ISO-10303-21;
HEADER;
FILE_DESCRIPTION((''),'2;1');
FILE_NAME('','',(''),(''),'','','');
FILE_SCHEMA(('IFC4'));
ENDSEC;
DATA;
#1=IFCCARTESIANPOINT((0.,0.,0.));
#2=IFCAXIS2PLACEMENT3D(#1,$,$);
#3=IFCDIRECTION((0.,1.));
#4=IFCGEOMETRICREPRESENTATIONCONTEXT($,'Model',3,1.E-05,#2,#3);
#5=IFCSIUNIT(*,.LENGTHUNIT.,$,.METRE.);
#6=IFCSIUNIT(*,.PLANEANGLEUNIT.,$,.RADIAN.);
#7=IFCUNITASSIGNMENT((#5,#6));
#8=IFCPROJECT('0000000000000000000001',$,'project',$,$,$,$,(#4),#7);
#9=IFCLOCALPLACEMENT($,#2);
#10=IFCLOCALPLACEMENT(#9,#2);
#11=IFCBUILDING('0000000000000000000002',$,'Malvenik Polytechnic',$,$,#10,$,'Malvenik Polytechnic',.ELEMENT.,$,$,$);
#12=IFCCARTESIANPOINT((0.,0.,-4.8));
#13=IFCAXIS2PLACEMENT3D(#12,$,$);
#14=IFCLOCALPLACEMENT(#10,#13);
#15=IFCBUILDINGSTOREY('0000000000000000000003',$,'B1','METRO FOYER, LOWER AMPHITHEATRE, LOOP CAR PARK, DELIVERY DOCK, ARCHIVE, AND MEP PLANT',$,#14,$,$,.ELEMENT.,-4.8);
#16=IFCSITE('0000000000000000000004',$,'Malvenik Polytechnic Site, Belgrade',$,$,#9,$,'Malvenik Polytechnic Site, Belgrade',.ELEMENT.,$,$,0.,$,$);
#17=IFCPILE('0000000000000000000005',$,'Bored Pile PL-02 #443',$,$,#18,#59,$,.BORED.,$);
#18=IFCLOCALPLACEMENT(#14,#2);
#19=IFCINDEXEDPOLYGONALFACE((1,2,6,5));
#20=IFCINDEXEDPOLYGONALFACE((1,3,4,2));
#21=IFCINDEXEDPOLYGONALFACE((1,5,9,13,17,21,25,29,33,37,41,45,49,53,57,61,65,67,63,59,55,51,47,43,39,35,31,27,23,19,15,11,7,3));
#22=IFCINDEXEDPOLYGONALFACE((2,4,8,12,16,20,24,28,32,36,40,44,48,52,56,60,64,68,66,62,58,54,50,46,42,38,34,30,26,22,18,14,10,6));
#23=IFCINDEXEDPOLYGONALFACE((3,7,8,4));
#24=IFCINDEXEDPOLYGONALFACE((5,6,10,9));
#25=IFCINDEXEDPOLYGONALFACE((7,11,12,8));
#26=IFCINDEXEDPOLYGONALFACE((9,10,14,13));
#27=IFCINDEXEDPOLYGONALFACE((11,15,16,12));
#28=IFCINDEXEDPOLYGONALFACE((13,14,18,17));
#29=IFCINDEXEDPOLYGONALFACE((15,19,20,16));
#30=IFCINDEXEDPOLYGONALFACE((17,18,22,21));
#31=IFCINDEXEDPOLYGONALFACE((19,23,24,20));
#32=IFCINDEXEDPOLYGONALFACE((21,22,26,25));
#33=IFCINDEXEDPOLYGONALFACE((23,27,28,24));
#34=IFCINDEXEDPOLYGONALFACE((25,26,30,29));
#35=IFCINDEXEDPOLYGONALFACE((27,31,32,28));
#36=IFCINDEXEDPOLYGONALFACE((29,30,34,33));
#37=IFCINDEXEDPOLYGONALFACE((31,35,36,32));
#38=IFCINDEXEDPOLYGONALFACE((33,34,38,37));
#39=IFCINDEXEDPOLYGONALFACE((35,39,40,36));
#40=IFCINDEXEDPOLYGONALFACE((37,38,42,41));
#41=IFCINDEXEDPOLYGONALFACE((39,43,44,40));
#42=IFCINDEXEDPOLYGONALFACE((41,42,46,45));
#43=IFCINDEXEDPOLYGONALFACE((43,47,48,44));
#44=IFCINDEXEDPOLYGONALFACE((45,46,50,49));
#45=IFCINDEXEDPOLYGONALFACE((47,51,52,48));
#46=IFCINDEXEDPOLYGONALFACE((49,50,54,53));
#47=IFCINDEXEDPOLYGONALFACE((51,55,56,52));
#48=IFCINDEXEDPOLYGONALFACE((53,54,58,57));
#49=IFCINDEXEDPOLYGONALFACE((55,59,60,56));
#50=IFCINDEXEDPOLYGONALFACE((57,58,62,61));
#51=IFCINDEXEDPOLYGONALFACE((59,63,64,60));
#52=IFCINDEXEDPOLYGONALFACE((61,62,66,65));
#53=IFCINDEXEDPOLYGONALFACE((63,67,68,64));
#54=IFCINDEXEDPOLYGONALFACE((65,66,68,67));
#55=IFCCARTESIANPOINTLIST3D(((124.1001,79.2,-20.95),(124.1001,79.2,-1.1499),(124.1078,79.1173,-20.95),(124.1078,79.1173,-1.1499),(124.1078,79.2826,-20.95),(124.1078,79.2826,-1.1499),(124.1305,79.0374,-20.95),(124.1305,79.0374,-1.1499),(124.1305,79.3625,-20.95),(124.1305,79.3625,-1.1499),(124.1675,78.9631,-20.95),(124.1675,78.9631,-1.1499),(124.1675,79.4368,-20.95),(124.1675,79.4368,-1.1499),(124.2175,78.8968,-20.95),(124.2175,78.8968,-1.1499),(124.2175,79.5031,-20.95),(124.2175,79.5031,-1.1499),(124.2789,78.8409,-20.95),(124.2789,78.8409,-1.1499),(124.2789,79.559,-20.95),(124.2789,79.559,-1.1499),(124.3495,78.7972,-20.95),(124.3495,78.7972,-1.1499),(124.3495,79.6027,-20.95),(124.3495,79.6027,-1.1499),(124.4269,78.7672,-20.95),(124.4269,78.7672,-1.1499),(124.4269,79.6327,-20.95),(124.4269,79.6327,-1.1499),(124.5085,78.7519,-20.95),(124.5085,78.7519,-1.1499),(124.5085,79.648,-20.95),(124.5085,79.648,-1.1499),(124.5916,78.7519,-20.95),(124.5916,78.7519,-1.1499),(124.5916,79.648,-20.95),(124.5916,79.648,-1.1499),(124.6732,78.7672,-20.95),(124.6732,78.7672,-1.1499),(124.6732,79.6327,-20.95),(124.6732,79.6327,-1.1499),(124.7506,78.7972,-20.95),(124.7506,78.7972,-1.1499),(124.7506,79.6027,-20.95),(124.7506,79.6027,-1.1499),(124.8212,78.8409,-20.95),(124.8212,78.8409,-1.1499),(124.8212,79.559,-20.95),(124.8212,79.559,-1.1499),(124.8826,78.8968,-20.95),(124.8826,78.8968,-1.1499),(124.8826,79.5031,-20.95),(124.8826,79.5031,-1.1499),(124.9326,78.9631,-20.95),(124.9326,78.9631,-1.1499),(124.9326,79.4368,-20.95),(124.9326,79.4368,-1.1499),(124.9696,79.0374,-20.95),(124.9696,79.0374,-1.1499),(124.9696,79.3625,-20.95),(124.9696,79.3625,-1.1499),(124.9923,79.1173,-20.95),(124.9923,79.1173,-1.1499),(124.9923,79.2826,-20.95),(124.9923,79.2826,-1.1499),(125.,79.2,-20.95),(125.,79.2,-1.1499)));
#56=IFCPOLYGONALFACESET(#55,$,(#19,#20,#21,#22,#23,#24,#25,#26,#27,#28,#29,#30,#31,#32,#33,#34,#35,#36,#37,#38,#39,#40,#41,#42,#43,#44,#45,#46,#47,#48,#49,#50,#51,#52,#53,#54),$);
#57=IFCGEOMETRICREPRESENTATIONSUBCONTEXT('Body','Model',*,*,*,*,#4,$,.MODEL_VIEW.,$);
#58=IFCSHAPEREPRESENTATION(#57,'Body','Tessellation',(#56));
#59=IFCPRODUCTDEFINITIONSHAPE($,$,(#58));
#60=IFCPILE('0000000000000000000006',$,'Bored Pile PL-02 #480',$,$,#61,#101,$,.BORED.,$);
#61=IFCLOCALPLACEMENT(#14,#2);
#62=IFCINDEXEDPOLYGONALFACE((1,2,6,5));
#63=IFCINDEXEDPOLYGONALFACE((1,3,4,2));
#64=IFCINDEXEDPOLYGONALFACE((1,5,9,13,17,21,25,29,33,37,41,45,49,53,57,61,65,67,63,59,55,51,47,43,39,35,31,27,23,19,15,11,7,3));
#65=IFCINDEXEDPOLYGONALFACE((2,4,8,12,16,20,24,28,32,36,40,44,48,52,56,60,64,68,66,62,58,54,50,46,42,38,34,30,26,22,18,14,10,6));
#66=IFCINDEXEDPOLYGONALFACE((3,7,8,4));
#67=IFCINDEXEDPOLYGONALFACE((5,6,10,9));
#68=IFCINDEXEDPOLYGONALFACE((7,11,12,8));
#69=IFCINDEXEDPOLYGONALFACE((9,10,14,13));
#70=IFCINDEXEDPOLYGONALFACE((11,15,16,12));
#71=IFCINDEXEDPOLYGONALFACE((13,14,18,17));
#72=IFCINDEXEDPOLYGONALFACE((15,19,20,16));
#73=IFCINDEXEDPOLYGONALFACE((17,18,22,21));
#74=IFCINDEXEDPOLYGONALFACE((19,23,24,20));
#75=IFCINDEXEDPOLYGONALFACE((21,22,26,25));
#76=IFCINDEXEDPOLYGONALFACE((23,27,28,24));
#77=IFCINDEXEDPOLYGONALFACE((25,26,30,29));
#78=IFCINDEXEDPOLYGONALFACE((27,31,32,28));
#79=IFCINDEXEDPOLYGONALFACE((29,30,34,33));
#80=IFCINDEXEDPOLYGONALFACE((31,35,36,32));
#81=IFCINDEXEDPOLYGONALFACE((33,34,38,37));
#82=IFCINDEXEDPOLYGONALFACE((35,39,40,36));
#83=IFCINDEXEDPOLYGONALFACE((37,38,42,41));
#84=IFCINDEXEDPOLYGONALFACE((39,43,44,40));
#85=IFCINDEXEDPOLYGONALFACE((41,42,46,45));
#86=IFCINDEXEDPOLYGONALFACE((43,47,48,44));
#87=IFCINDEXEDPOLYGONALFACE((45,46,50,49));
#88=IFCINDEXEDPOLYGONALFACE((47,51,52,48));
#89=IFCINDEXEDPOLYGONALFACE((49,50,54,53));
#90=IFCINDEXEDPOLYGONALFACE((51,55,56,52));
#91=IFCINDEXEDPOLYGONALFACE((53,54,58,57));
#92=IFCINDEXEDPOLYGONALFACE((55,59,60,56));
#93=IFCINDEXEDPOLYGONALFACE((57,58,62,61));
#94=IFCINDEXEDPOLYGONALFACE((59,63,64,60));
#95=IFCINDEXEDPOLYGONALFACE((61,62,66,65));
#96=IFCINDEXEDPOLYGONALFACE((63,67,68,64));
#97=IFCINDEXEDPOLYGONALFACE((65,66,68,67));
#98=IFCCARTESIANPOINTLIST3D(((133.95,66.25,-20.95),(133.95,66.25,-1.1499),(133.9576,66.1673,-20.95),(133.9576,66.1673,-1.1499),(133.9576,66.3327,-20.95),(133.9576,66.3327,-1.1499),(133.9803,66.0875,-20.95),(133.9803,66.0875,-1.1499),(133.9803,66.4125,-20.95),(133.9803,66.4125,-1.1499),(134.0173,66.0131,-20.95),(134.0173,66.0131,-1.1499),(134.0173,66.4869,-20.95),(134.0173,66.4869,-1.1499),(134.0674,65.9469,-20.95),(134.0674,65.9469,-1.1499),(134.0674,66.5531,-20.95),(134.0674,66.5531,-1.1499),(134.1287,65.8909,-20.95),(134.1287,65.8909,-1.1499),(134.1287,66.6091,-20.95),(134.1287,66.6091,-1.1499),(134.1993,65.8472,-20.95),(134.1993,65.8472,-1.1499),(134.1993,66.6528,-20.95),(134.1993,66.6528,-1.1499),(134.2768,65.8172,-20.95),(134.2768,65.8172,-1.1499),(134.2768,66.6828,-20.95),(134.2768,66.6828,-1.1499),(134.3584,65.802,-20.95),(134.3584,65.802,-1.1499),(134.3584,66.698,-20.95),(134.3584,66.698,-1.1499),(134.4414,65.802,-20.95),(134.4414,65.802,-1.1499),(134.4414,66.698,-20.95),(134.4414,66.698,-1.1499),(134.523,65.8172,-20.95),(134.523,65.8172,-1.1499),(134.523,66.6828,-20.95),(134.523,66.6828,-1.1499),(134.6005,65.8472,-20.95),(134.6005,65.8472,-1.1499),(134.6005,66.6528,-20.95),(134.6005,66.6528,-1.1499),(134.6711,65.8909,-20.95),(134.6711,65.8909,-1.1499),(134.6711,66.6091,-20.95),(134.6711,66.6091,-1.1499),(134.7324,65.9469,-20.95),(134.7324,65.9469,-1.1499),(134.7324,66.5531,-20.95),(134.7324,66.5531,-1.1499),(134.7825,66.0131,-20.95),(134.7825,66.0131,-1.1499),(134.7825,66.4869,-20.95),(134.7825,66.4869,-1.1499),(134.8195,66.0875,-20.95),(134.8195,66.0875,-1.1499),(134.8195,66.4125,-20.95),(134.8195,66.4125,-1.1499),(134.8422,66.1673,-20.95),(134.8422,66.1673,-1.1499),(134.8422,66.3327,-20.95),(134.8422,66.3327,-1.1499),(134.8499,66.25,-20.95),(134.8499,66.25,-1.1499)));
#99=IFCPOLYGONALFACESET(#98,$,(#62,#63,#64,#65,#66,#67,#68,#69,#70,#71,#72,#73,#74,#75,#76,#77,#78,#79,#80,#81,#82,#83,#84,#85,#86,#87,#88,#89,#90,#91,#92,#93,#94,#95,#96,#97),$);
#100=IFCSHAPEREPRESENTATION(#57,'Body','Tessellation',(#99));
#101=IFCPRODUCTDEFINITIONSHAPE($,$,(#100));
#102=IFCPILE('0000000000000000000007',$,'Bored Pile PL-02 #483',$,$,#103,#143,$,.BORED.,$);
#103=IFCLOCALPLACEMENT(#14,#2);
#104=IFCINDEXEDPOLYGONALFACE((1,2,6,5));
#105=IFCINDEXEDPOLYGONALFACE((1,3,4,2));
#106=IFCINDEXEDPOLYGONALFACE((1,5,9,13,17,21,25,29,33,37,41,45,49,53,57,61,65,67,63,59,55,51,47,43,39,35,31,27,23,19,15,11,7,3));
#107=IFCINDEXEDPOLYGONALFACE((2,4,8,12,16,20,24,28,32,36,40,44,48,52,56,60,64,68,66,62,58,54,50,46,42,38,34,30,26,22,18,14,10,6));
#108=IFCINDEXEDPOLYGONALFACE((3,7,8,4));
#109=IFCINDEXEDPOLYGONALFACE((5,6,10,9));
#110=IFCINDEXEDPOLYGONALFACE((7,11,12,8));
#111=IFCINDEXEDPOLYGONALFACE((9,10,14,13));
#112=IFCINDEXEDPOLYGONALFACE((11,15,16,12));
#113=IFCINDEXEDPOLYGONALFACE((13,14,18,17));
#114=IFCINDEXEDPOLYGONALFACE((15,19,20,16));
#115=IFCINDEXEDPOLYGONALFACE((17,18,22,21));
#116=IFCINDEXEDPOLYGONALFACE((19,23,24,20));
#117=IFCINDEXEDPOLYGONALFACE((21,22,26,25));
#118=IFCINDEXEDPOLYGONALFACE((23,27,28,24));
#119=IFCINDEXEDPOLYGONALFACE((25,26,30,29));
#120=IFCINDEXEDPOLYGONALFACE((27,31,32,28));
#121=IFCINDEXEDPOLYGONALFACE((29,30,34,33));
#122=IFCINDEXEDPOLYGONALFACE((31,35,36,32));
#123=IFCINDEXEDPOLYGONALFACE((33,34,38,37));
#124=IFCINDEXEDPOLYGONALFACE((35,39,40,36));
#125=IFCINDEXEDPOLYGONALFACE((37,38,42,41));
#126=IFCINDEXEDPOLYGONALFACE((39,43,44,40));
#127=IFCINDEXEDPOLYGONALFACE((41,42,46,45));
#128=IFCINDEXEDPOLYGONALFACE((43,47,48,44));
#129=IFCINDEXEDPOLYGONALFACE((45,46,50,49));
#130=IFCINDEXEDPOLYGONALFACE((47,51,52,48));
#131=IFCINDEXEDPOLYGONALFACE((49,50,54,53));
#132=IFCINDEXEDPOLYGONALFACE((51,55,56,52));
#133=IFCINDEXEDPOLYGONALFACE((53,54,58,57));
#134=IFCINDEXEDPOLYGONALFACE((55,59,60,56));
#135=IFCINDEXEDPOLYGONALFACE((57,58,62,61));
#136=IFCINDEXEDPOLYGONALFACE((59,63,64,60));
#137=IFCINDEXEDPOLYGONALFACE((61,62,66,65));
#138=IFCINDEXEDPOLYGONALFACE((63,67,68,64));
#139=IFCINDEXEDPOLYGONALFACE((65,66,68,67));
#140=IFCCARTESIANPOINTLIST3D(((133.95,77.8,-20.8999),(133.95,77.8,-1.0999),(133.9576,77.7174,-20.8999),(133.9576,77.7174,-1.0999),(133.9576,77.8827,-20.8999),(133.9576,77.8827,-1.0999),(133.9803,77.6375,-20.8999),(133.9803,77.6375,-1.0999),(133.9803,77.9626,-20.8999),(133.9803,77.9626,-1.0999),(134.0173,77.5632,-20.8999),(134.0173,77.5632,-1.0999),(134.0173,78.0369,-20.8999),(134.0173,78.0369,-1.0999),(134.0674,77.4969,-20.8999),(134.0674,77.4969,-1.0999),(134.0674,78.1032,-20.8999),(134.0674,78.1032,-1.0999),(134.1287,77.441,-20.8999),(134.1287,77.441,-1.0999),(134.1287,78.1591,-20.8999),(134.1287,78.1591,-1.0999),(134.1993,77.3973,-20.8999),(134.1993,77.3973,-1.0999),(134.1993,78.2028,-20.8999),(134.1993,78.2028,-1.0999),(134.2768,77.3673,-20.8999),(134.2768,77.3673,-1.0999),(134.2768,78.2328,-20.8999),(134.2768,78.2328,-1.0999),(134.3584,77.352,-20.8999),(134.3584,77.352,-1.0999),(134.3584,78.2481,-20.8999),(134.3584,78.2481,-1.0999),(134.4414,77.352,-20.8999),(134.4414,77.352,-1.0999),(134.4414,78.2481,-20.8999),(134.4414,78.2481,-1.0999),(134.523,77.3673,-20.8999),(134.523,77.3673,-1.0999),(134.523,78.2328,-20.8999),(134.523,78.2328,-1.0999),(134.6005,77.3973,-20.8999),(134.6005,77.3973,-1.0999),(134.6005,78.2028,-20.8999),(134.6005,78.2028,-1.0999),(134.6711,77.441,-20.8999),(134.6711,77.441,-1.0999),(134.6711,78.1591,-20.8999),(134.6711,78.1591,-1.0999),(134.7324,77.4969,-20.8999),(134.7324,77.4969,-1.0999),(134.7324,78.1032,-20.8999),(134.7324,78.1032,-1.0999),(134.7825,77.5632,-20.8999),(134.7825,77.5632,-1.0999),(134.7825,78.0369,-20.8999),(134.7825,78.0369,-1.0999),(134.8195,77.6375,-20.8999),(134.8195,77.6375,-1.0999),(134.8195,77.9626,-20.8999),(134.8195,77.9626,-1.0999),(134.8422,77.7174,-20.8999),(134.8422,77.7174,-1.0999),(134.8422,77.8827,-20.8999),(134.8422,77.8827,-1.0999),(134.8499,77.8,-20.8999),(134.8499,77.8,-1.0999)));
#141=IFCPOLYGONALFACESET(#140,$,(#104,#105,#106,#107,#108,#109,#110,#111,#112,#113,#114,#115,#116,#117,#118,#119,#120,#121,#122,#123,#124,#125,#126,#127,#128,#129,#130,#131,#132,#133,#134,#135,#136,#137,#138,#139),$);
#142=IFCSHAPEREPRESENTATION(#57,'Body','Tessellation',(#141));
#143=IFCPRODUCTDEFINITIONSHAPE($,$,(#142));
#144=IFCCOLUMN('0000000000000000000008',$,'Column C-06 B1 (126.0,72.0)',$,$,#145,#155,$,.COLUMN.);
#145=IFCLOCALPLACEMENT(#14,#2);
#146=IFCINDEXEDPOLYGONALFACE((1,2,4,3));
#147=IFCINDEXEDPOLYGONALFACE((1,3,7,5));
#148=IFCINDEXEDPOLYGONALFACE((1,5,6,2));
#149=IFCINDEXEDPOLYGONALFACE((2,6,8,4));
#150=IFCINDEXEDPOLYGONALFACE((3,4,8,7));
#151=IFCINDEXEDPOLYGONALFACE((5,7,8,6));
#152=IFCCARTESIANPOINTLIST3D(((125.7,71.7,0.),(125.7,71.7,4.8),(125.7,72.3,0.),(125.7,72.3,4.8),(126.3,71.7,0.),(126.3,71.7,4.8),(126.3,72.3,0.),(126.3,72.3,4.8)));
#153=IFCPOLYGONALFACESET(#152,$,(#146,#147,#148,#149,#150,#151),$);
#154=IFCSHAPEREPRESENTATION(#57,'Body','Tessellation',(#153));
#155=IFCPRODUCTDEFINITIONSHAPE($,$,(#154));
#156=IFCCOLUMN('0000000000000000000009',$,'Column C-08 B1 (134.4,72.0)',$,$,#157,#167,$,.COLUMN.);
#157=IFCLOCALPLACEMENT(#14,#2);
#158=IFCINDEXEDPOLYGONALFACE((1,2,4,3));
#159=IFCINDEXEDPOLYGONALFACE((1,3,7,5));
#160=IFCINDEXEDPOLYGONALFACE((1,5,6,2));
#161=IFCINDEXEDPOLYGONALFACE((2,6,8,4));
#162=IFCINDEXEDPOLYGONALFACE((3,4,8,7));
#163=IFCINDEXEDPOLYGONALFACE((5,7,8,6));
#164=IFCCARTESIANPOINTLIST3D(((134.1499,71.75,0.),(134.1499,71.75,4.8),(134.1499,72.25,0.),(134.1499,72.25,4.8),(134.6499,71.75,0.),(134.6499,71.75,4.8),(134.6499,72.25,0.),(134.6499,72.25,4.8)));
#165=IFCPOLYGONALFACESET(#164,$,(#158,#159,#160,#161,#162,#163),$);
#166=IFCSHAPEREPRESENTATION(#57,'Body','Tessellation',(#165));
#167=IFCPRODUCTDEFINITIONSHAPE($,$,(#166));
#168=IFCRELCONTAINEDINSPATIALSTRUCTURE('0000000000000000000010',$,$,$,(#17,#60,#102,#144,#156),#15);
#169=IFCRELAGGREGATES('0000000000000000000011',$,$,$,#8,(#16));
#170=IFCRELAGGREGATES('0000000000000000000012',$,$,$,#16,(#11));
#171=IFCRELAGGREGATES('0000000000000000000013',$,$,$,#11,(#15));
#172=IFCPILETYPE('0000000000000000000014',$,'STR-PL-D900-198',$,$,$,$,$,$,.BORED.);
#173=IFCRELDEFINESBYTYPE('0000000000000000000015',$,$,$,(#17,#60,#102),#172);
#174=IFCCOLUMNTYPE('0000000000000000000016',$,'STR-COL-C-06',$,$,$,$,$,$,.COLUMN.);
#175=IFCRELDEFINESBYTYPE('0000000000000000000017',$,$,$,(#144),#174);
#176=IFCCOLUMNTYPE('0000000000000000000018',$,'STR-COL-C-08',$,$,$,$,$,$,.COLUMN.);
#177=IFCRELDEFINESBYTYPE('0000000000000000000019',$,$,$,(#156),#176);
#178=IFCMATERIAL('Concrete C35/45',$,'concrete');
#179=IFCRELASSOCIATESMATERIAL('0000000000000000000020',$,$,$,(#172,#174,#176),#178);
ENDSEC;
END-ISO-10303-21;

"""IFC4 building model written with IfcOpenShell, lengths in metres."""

from ifc_helpers import new_model, si_unit, direction, frame, origin, origin_2d, place, context, subcontext, project, spatial, rectangle, circle, extrude, material, material_profile, profile_set, type_object, element, save


model = new_model("IFC4")

# Units and contexts
model_context = context("Model", 3, precision=1e-05, world=origin(), true_north=direction((0.0, 1.0)))
body_context = subcontext(model_context, "Body", "Model", "MODEL_VIEW")
ifc_project = project(units=[si_unit("LENGTHUNIT", "METRE"), si_unit("PLANEANGLEUNIT", "RADIAN")], contexts=[model_context])

# Site, building, storey
site_placement = place(None, origin())
site = spatial("IfcSite", under=ifc_project, at=site_placement, Name="Malvenik Polytechnic Site, Belgrade", LongName="Malvenik Polytechnic Site, Belgrade", CompositionType="ELEMENT", RefElevation=0.0)
building_placement = place(site_placement, origin())
building = spatial("IfcBuilding", under=site, at=building_placement, Name="Malvenik Polytechnic", LongName="Malvenik Polytechnic", CompositionType="ELEMENT")
storey_placement = place(building_placement, frame((0.0, 0.0, -4.8)))
storey = spatial("IfcBuildingStorey", under=building, at=storey_placement, Name="B1", Description="METRO FOYER, LOWER AMPHITHEATRE, LOOP CAR PARK, DELIVERY DOCK, ARCHIVE, AND MEP PLANT", CompositionType="ELEMENT", Elevation=-4.8)

# Shared definitions
ifc_material_1 = material(Name="Concrete C35/45", Category="concrete")

# Piles
ifc_material_profile_1 = material_profile(ifc_material_1, circle(Radius=0.45, at=origin_2d()), Name="BORED PILE D900")
ifc_profile_set_1 = profile_set([ifc_material_profile_1], Name="Concrete C35/45")
pile_type_1 = type_object("IfcPileType", Name="STR-PL-D900-198", PredefinedType="BORED", material=ifc_profile_set_1)
for number, where, z_axis, x_axis, name in (
    (1, (124.55, 79.2, -1.1499), (0.0, 0.0, -1.0), (1.0, 0.0, 0.0), "Bored Pile PL-02 #443"),
    (2, (134.3999, 66.25, -1.1499), (0.0, 0.0, -1.0), (1.0, 0.0, 0.0), "Bored Pile PL-02 #480"),
    (3, (134.3999, 77.8, -1.0999), (0.0, 0.0, -1.0), (1.0, 0.0, 0.0), "Bored Pile PL-02 #483"),
):
    element("IfcPile", number, at=place(storey_placement, frame(where, z_axis=z_axis, x_axis=x_axis)), inside=storey, type_object=pile_type_1, Name=name, PredefinedType="BORED", context=body_context, shape_type="SweptSolid", body=[
        extrude(circle(Radius=0.45, at=origin_2d()), origin(), (0.0, 0.0, 1.0), 19.8),
    ])

# Columns
ifc_material_profile_2 = material_profile(ifc_material_1, rectangle(XDim=0.6001, YDim=0.6001, at=origin_2d()), Name="RC COL 600x600")
ifc_profile_set_2 = profile_set([ifc_material_profile_2], Name="Concrete C35/45")
column_type_1 = type_object("IfcColumnType", Name="STR-COL-C-06", PredefinedType="COLUMN", material=ifc_profile_set_2)
column_1_placement = place(storey_placement, frame((126.0, 72.0, 0.0), z_axis=(0.0, 0.0, 1.0), x_axis=(1.0, 0.0, 0.0)))
element("IfcColumn", 4, at=column_1_placement, inside=storey, type_object=column_type_1, Name="Column C-06 B1 (126.0,72.0)", PredefinedType="COLUMN", context=body_context, shape_type="SweptSolid", body=[
    extrude(rectangle(XDim=0.6001, YDim=0.6001, at=origin_2d()), origin(), (0.0, 0.0, 1.0), 4.8),
])
ifc_material_profile_3 = material_profile(ifc_material_1, rectangle(XDim=0.5, YDim=0.5, at=origin_2d()), Name="RC COL 500x500")
ifc_profile_set_3 = profile_set([ifc_material_profile_3], Name="Concrete C35/45")
column_type_2 = type_object("IfcColumnType", Name="STR-COL-C-08", PredefinedType="COLUMN", material=ifc_profile_set_3)
column_2_placement = place(storey_placement, frame((134.3999, 72.0, 0.0), z_axis=(0.0, 0.0, 1.0), x_axis=(1.0, 0.0, 0.0)))
element("IfcColumn", 5, at=column_2_placement, inside=storey, type_object=column_type_2, Name="Column C-08 B1 (134.4,72.0)", PredefinedType="COLUMN", context=body_context, shape_type="SweptSolid", body=[
    extrude(rectangle(XDim=0.5, YDim=0.5, at=origin_2d()), origin(), (0.0, 0.0, 1.0), 4.8),
])

save(model, "model.ifc")
